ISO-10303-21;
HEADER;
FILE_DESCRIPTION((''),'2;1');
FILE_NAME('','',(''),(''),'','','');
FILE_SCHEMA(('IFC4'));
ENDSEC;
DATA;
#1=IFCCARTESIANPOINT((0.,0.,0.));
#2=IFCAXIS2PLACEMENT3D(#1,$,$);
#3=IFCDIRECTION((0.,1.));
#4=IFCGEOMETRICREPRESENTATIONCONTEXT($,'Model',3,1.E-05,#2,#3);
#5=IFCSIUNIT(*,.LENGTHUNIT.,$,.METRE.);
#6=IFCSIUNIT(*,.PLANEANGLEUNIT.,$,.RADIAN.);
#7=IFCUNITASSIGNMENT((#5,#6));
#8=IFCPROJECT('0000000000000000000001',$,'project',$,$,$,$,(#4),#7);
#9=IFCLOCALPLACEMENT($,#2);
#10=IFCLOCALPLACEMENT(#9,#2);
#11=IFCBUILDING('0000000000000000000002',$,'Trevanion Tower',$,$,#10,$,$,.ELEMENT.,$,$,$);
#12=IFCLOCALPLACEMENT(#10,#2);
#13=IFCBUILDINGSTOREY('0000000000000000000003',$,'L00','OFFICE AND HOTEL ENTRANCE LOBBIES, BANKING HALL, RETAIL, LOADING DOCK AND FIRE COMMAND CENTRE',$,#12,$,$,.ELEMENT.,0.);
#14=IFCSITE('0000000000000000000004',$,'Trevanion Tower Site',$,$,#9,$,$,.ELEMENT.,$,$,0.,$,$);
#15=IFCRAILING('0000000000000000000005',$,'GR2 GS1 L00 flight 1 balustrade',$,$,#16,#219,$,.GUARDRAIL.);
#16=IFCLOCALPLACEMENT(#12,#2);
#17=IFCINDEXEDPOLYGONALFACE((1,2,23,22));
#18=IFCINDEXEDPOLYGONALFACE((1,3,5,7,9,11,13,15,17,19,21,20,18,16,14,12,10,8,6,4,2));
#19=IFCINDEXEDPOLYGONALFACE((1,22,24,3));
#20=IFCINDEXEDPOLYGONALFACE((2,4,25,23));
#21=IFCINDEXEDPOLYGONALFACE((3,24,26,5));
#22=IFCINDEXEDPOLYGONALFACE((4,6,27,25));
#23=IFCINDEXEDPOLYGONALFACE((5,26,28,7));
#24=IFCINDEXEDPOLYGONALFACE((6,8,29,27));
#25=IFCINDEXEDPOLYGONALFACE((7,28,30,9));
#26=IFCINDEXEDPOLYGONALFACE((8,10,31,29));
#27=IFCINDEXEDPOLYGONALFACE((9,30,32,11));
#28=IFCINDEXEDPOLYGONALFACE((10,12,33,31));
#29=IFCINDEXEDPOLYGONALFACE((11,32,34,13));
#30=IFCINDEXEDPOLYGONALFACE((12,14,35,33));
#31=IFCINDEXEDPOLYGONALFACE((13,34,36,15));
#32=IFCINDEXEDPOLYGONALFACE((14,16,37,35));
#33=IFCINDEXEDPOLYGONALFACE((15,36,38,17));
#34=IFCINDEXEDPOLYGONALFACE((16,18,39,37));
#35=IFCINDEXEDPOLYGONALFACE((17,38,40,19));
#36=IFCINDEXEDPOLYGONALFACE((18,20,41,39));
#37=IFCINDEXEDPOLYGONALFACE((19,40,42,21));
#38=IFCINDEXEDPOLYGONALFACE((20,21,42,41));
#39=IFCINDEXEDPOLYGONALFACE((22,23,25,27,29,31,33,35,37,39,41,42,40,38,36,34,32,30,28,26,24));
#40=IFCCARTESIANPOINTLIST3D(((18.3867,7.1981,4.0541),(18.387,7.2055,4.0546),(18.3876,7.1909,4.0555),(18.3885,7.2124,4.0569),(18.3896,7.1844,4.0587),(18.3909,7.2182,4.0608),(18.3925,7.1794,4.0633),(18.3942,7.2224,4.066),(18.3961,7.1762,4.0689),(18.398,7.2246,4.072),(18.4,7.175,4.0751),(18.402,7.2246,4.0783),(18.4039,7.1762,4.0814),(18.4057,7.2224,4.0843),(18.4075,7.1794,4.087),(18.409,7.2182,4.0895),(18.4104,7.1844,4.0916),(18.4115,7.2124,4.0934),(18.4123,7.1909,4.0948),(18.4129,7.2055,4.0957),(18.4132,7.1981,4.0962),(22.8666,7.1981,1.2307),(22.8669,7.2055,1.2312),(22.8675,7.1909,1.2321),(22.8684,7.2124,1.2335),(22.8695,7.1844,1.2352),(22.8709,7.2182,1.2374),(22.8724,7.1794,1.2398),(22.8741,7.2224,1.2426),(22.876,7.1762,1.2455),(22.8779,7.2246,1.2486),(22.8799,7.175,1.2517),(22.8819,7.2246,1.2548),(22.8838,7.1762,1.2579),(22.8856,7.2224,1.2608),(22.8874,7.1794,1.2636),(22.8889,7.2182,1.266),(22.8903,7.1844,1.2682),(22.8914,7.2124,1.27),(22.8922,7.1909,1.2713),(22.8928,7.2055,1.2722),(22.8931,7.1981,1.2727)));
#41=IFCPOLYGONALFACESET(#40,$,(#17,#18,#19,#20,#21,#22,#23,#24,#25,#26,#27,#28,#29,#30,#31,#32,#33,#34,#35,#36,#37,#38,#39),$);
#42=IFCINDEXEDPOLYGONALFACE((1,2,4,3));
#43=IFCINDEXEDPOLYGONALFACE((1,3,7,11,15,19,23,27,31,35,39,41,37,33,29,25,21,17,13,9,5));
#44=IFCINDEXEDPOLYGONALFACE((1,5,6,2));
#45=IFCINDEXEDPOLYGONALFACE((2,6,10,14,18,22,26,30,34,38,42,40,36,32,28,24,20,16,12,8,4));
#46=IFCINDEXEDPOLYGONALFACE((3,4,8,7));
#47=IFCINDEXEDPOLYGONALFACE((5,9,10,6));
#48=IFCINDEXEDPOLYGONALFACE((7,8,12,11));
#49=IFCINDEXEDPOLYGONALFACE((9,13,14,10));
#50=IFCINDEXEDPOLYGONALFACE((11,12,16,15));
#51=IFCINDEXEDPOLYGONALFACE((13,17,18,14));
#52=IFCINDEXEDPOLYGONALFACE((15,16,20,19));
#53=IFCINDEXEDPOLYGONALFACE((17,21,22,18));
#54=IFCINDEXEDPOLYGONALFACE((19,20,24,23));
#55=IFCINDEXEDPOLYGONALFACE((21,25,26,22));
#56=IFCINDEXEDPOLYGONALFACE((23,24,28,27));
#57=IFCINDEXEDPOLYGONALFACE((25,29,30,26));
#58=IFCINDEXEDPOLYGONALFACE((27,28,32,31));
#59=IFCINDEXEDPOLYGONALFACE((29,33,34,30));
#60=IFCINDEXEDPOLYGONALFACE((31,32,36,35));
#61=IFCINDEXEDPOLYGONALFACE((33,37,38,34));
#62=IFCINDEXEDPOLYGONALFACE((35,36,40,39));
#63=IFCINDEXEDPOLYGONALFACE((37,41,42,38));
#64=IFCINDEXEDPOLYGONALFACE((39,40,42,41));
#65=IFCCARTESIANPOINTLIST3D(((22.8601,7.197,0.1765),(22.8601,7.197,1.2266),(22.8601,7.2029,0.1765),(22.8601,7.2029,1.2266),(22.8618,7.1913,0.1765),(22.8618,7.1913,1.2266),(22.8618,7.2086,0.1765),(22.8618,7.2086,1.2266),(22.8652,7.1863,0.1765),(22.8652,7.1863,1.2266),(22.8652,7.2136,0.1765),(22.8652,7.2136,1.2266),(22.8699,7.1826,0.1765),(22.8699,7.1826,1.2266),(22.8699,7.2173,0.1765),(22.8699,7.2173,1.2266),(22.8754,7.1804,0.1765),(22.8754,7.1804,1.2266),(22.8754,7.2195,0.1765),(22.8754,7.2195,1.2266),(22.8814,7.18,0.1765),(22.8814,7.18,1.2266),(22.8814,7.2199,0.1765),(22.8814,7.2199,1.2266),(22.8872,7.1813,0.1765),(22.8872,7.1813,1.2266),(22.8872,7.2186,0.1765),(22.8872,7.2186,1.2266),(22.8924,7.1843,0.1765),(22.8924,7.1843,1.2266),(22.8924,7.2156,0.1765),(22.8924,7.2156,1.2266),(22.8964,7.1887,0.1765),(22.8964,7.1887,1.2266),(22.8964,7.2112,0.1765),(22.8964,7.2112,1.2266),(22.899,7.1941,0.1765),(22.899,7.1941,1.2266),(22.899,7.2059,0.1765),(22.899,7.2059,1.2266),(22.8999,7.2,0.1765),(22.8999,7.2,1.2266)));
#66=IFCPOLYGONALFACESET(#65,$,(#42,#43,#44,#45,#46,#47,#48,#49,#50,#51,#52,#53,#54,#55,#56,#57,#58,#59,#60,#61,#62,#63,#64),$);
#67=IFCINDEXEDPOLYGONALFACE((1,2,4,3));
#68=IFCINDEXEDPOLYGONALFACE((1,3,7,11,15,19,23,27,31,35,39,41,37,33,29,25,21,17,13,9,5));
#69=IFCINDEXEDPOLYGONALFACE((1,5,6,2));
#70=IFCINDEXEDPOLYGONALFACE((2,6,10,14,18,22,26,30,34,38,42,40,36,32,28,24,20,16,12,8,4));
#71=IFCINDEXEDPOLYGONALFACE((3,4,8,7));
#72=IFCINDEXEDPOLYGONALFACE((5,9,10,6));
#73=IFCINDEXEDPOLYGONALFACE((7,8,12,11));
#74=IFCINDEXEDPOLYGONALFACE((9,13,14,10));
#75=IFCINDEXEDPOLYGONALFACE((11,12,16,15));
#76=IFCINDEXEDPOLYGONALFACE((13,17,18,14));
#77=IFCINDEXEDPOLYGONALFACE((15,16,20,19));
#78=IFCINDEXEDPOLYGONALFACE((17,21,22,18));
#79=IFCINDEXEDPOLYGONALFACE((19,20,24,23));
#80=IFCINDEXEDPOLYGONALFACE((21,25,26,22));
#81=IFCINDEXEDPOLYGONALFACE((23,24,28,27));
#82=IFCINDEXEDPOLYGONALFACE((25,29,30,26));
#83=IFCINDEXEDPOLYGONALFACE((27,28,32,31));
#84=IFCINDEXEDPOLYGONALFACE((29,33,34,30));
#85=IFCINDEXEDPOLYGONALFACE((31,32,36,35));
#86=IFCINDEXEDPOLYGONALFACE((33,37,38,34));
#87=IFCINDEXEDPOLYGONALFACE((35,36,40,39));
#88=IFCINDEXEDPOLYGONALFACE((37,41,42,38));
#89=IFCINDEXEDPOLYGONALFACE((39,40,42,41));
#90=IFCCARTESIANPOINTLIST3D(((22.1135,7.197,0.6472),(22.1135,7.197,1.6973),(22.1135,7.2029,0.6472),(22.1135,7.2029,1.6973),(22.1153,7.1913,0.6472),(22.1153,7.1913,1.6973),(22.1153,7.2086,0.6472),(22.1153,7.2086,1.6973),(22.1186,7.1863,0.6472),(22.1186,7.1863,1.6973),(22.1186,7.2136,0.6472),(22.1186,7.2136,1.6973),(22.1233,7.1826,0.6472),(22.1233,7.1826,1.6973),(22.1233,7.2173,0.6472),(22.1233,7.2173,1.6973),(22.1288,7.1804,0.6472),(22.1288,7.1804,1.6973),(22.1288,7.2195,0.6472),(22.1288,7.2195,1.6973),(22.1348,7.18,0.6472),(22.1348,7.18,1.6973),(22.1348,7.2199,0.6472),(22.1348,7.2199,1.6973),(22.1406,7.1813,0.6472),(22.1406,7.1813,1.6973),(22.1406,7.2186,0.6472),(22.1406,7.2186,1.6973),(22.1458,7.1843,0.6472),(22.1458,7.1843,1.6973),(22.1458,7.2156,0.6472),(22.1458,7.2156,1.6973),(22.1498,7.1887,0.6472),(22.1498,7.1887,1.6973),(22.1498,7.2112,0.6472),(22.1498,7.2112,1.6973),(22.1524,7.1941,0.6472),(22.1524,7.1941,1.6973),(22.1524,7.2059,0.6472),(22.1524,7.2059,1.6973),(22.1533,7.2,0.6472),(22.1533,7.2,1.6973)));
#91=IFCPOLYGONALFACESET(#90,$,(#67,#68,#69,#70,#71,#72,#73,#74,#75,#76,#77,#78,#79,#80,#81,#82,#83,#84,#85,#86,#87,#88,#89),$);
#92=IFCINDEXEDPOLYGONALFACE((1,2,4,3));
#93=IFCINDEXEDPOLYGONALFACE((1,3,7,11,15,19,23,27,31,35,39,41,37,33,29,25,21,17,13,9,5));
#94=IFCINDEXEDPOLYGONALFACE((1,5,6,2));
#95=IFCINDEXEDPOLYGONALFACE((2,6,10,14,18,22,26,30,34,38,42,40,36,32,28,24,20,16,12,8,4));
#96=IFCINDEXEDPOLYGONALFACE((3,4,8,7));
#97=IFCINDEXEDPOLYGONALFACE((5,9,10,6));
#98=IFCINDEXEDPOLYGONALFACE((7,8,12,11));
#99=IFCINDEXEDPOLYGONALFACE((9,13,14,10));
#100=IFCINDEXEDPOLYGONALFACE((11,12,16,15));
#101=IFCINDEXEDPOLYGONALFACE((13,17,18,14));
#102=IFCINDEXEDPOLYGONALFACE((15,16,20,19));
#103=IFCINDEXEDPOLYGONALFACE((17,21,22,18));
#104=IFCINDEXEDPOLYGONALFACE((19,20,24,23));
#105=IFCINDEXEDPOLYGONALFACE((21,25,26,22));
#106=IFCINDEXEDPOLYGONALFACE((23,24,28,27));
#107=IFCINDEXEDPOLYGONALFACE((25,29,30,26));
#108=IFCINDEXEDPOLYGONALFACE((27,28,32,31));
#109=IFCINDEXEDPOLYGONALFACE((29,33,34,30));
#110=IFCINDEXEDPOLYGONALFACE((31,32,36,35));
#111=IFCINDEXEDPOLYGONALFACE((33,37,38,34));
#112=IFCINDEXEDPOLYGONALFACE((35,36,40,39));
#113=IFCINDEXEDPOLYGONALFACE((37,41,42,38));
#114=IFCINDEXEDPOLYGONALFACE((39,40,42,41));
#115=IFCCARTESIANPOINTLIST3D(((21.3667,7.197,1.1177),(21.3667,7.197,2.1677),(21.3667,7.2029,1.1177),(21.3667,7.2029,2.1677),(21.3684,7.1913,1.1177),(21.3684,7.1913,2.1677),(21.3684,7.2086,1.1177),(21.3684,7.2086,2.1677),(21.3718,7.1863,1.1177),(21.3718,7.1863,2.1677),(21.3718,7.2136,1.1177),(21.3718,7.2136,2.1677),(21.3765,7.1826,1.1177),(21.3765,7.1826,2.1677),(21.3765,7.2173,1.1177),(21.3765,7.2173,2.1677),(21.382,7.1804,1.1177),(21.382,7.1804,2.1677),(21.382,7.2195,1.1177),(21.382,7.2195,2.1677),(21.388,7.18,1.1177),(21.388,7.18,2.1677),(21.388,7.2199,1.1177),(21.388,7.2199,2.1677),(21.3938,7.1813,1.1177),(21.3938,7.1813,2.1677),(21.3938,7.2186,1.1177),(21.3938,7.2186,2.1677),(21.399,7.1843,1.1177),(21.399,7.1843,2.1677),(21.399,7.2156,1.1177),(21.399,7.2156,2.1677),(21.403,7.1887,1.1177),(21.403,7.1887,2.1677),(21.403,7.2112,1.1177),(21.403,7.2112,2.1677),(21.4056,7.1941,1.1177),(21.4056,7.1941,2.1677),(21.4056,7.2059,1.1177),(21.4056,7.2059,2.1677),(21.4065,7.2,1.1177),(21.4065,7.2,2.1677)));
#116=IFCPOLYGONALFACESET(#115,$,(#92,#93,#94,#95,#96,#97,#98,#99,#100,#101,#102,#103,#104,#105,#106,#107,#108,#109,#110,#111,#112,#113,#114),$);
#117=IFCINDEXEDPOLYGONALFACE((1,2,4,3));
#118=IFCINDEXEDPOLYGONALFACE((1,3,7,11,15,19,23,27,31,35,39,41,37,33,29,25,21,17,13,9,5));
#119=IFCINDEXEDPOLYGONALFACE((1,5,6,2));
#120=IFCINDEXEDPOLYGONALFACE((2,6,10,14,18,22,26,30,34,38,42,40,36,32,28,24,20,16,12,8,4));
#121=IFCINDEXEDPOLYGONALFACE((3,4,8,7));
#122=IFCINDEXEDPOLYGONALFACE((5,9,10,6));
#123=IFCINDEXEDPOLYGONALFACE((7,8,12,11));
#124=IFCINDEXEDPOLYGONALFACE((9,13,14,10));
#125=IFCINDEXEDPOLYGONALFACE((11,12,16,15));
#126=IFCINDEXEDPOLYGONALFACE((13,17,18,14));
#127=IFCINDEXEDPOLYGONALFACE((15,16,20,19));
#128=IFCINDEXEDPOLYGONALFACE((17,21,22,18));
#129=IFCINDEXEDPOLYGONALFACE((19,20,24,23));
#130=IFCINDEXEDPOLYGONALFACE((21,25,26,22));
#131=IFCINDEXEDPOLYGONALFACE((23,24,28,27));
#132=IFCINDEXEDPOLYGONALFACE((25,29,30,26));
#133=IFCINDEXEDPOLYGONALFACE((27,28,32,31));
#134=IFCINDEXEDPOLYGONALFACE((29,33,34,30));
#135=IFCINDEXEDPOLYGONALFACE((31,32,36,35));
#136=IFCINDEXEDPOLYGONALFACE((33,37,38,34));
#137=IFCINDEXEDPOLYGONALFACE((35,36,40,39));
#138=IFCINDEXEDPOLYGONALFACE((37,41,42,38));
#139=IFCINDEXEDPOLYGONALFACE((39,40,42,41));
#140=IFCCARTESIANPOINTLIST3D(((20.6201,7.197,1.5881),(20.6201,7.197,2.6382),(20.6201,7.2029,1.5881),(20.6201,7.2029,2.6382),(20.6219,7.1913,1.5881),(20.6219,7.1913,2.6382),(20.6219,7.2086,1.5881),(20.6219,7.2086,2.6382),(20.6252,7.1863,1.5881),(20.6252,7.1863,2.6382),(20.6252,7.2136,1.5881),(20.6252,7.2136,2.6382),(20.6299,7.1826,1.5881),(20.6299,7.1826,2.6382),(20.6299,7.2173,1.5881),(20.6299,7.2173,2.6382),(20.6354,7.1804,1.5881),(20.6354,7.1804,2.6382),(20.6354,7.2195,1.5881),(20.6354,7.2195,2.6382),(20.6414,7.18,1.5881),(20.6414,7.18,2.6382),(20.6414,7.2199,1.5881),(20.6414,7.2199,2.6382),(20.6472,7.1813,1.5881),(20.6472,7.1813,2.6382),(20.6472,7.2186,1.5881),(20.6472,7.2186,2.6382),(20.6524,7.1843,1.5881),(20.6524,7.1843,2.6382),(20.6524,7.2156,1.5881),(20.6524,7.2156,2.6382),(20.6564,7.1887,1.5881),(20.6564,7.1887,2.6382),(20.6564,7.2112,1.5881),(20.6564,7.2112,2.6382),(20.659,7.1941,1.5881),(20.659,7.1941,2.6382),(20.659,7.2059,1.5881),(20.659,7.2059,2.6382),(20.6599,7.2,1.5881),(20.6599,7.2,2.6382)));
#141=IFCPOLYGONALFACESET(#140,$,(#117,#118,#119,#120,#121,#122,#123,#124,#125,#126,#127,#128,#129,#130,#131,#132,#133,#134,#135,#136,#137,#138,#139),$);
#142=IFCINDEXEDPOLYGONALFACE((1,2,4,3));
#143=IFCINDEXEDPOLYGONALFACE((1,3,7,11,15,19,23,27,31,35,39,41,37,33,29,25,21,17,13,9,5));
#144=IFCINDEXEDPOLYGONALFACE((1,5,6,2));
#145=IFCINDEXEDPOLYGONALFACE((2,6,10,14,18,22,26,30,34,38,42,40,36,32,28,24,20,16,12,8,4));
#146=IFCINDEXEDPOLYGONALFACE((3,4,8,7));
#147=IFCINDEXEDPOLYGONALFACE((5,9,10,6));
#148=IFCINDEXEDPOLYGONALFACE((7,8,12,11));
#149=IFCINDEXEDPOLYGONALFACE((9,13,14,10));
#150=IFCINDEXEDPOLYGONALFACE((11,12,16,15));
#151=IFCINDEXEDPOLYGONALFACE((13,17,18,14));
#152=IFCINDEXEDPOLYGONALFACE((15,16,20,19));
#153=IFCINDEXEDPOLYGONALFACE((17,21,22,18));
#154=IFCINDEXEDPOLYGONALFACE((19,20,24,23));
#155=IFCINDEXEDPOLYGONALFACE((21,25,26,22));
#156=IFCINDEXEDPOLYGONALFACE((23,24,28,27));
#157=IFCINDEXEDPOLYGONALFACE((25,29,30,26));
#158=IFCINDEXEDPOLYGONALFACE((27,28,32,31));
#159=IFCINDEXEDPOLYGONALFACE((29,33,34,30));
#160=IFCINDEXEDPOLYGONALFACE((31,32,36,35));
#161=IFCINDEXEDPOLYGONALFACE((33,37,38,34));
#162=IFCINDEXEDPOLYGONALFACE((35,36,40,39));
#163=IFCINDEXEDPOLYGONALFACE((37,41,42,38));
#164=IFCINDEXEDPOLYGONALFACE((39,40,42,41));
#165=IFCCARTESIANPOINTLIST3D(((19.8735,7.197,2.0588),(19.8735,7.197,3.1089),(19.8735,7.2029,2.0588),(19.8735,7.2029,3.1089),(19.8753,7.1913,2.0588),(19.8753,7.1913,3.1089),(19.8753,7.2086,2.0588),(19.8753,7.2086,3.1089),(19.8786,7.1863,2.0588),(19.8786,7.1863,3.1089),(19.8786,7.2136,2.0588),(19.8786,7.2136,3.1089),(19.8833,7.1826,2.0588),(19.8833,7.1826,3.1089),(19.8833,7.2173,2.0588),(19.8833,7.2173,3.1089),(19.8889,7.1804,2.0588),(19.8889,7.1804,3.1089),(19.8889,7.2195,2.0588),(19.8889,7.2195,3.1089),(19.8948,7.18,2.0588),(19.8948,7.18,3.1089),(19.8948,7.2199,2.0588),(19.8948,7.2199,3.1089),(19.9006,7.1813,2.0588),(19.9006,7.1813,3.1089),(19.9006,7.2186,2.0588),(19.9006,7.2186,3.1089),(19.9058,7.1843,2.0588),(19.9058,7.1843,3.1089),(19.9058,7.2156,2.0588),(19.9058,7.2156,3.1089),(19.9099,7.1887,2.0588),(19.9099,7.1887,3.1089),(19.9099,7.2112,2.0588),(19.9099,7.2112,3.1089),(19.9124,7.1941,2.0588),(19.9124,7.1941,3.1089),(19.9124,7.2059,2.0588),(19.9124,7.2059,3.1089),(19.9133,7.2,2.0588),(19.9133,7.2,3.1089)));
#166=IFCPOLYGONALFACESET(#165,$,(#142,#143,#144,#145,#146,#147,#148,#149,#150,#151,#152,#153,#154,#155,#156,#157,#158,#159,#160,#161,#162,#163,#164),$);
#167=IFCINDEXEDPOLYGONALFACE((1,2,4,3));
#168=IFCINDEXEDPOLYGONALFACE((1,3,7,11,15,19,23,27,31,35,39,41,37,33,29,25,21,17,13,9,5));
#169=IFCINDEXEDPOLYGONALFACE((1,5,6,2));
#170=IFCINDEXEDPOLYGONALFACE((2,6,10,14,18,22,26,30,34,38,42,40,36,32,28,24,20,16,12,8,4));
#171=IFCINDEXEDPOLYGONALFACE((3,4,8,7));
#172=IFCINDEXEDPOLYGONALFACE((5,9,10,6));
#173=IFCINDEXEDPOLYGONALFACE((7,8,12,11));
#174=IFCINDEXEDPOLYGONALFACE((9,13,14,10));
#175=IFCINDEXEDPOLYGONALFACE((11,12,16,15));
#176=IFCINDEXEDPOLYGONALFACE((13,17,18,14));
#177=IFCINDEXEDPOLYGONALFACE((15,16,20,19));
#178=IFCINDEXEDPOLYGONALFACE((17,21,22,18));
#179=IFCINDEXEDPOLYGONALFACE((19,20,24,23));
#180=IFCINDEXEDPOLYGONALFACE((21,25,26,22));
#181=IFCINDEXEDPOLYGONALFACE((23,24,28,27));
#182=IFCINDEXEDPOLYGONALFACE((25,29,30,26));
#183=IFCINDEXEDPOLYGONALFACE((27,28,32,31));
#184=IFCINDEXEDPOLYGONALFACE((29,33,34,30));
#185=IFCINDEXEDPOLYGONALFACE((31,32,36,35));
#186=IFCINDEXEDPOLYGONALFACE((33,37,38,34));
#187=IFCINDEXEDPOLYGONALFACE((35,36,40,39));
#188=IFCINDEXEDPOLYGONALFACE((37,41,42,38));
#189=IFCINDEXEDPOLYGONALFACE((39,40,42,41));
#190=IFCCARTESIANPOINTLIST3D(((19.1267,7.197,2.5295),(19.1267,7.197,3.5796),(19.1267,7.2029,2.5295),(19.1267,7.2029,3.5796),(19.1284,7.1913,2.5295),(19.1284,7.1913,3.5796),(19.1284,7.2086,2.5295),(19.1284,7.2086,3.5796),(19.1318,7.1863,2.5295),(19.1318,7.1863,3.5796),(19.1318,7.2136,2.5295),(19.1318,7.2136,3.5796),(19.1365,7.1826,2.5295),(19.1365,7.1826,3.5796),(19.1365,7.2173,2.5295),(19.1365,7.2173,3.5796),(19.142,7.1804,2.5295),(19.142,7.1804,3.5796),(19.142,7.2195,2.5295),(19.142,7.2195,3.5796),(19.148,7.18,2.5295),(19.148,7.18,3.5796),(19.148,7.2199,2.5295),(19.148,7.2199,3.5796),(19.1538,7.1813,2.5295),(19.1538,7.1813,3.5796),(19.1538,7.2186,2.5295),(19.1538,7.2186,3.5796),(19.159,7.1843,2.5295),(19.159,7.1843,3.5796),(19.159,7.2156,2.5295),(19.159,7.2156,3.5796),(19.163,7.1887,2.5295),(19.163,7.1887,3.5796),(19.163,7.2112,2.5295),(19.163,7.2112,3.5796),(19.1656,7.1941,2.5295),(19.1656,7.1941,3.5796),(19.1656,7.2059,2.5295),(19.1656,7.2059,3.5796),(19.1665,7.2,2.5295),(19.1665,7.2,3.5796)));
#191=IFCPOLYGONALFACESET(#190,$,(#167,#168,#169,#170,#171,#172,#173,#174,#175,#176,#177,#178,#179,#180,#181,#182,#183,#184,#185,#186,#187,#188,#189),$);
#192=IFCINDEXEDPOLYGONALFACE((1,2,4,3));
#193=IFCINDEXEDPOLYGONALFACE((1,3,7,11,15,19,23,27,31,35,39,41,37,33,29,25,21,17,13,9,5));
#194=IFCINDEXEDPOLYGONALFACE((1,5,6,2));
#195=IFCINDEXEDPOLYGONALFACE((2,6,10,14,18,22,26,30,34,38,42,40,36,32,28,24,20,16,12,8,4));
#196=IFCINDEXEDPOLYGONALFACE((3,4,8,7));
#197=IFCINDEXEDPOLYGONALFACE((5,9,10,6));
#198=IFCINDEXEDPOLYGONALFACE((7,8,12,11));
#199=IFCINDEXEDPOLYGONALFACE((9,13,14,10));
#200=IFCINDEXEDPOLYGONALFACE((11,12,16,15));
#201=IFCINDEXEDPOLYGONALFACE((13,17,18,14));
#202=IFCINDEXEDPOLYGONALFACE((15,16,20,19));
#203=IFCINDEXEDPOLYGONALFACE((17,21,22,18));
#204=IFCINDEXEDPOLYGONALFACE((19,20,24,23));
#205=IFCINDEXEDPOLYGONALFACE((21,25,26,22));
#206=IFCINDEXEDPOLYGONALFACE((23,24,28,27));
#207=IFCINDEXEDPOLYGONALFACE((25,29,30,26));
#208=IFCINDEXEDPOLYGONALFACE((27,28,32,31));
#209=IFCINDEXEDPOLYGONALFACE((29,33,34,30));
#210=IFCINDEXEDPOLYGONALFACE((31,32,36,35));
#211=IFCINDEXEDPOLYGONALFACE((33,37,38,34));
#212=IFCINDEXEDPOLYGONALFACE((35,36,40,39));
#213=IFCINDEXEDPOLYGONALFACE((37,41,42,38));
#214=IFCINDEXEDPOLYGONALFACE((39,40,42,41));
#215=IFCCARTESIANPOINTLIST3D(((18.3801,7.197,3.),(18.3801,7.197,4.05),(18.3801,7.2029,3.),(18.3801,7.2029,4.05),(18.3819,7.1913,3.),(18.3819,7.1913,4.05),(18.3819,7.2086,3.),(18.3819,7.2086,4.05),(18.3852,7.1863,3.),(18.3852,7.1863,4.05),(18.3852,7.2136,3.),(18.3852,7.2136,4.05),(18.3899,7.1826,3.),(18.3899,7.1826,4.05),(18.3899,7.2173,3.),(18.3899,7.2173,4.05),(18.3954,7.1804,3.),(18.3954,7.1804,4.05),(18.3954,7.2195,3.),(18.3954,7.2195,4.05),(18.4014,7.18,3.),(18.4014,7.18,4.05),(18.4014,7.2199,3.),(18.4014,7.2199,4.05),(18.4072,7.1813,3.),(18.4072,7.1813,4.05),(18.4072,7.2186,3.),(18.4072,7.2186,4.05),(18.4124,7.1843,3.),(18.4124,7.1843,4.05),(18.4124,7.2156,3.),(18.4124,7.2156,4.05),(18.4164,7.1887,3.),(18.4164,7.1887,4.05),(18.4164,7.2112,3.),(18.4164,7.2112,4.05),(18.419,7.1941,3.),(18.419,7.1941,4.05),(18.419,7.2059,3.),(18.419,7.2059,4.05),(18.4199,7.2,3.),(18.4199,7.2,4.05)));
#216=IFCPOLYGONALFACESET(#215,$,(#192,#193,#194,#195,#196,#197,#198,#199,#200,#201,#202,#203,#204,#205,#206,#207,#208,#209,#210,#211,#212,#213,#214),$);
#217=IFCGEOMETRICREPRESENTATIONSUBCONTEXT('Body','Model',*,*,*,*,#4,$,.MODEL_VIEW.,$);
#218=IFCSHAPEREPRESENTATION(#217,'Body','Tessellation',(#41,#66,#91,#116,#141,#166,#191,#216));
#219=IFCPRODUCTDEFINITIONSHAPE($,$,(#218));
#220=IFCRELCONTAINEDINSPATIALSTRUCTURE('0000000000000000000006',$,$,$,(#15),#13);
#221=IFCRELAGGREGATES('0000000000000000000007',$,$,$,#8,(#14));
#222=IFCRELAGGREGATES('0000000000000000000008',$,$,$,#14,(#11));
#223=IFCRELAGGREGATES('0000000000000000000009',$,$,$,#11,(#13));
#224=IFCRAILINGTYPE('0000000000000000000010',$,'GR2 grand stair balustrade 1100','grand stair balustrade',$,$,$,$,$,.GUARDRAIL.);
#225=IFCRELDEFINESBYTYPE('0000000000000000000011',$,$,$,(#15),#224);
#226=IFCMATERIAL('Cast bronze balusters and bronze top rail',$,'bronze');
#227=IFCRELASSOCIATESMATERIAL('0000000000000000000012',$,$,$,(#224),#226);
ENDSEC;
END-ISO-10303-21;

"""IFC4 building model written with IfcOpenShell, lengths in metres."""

from ifc_helpers import new_model, si_unit, direction, frame, origin, origin_2d, place, context, subcontext, project, spatial, circle, extrude, material, type_object, element, save


model = new_model("IFC4")

# Units and contexts
model_context = context("Model", 3, precision=1e-05, world=origin(), true_north=direction((0.0, 1.0)))
body_context = subcontext(model_context, "Body", "Model", "MODEL_VIEW")
ifc_project = project(units=[si_unit("LENGTHUNIT", "METRE"), si_unit("PLANEANGLEUNIT", "RADIAN")], contexts=[model_context])

# Site, building, storey
site_placement = place(None, origin())
site = spatial("IfcSite", under=ifc_project, at=site_placement, Name="Trevanion Tower Site", CompositionType="ELEMENT", RefElevation=0.0)
building_placement = place(site_placement, origin())
building = spatial("IfcBuilding", under=site, at=building_placement, Name="Trevanion Tower", CompositionType="ELEMENT")
storey_placement = place(building_placement, origin())
storey = spatial("IfcBuildingStorey", under=building, at=storey_placement, Name="L00", Description="OFFICE AND HOTEL ENTRANCE LOBBIES, BANKING HALL, RETAIL, LOADING DOCK AND FIRE COMMAND CENTRE", CompositionType="ELEMENT", Elevation=0.0)

# Railing
ifc_material_1 = material(Name="Cast bronze balusters and bronze top rail", Category="bronze")
railing_type = type_object("IfcRailingType", Name="GR2 grand stair balustrade 1100", Description="grand stair balustrade", PredefinedType="GUARDRAIL", material=ifc_material_1)
railing_placement = place(storey_placement, frame((22.8799, 7.2, 0.1765)))
element("IfcRailing", 1, at=railing_placement, inside=storey, type_object=railing_type, Name="GR2 GS1 L00 flight 1 balustrade", PredefinedType="GUARDRAIL", context=body_context, shape_type="SweptSolid", body=[
    extrude(circle(Radius=0.0249, at=origin_2d()), frame((0.0, 0.0, 1.0752), z_axis=(-0.845998, 0.0, 0.533186), x_axis=(0.0, -1.0, 0.0)), (0.0, 0.0, 1.0), 5.2954),
    extrude(circle(Radius=0.02, at=origin_2d()), origin(), (0.0, 0.0, 1.0), 1.05),
    extrude(circle(Radius=0.02, at=origin_2d()), frame((-0.7466, 0.0, 0.4707)), (0.0, 0.0, 1.0), 1.05),
    extrude(circle(Radius=0.02, at=origin_2d()), frame((-1.4934, 0.0, 0.9412)), (0.0, 0.0, 1.0), 1.05),
    extrude(circle(Radius=0.02, at=origin_2d()), frame((-2.24, 0.0, 1.4116)), (0.0, 0.0, 1.0), 1.05),
    extrude(circle(Radius=0.02, at=origin_2d()), frame((-2.9866, 0.0, 1.8823)), (0.0, 0.0, 1.0), 1.05),
    extrude(circle(Radius=0.02, at=origin_2d()), frame((-3.7334, 0.0, 2.353)), (0.0, 0.0, 1.0), 1.05),
    extrude(circle(Radius=0.02, at=origin_2d()), frame((-4.48, 0.0, 2.8235)), (0.0, 0.0, 1.0), 1.05),
])

save(model, "model.ifc")
